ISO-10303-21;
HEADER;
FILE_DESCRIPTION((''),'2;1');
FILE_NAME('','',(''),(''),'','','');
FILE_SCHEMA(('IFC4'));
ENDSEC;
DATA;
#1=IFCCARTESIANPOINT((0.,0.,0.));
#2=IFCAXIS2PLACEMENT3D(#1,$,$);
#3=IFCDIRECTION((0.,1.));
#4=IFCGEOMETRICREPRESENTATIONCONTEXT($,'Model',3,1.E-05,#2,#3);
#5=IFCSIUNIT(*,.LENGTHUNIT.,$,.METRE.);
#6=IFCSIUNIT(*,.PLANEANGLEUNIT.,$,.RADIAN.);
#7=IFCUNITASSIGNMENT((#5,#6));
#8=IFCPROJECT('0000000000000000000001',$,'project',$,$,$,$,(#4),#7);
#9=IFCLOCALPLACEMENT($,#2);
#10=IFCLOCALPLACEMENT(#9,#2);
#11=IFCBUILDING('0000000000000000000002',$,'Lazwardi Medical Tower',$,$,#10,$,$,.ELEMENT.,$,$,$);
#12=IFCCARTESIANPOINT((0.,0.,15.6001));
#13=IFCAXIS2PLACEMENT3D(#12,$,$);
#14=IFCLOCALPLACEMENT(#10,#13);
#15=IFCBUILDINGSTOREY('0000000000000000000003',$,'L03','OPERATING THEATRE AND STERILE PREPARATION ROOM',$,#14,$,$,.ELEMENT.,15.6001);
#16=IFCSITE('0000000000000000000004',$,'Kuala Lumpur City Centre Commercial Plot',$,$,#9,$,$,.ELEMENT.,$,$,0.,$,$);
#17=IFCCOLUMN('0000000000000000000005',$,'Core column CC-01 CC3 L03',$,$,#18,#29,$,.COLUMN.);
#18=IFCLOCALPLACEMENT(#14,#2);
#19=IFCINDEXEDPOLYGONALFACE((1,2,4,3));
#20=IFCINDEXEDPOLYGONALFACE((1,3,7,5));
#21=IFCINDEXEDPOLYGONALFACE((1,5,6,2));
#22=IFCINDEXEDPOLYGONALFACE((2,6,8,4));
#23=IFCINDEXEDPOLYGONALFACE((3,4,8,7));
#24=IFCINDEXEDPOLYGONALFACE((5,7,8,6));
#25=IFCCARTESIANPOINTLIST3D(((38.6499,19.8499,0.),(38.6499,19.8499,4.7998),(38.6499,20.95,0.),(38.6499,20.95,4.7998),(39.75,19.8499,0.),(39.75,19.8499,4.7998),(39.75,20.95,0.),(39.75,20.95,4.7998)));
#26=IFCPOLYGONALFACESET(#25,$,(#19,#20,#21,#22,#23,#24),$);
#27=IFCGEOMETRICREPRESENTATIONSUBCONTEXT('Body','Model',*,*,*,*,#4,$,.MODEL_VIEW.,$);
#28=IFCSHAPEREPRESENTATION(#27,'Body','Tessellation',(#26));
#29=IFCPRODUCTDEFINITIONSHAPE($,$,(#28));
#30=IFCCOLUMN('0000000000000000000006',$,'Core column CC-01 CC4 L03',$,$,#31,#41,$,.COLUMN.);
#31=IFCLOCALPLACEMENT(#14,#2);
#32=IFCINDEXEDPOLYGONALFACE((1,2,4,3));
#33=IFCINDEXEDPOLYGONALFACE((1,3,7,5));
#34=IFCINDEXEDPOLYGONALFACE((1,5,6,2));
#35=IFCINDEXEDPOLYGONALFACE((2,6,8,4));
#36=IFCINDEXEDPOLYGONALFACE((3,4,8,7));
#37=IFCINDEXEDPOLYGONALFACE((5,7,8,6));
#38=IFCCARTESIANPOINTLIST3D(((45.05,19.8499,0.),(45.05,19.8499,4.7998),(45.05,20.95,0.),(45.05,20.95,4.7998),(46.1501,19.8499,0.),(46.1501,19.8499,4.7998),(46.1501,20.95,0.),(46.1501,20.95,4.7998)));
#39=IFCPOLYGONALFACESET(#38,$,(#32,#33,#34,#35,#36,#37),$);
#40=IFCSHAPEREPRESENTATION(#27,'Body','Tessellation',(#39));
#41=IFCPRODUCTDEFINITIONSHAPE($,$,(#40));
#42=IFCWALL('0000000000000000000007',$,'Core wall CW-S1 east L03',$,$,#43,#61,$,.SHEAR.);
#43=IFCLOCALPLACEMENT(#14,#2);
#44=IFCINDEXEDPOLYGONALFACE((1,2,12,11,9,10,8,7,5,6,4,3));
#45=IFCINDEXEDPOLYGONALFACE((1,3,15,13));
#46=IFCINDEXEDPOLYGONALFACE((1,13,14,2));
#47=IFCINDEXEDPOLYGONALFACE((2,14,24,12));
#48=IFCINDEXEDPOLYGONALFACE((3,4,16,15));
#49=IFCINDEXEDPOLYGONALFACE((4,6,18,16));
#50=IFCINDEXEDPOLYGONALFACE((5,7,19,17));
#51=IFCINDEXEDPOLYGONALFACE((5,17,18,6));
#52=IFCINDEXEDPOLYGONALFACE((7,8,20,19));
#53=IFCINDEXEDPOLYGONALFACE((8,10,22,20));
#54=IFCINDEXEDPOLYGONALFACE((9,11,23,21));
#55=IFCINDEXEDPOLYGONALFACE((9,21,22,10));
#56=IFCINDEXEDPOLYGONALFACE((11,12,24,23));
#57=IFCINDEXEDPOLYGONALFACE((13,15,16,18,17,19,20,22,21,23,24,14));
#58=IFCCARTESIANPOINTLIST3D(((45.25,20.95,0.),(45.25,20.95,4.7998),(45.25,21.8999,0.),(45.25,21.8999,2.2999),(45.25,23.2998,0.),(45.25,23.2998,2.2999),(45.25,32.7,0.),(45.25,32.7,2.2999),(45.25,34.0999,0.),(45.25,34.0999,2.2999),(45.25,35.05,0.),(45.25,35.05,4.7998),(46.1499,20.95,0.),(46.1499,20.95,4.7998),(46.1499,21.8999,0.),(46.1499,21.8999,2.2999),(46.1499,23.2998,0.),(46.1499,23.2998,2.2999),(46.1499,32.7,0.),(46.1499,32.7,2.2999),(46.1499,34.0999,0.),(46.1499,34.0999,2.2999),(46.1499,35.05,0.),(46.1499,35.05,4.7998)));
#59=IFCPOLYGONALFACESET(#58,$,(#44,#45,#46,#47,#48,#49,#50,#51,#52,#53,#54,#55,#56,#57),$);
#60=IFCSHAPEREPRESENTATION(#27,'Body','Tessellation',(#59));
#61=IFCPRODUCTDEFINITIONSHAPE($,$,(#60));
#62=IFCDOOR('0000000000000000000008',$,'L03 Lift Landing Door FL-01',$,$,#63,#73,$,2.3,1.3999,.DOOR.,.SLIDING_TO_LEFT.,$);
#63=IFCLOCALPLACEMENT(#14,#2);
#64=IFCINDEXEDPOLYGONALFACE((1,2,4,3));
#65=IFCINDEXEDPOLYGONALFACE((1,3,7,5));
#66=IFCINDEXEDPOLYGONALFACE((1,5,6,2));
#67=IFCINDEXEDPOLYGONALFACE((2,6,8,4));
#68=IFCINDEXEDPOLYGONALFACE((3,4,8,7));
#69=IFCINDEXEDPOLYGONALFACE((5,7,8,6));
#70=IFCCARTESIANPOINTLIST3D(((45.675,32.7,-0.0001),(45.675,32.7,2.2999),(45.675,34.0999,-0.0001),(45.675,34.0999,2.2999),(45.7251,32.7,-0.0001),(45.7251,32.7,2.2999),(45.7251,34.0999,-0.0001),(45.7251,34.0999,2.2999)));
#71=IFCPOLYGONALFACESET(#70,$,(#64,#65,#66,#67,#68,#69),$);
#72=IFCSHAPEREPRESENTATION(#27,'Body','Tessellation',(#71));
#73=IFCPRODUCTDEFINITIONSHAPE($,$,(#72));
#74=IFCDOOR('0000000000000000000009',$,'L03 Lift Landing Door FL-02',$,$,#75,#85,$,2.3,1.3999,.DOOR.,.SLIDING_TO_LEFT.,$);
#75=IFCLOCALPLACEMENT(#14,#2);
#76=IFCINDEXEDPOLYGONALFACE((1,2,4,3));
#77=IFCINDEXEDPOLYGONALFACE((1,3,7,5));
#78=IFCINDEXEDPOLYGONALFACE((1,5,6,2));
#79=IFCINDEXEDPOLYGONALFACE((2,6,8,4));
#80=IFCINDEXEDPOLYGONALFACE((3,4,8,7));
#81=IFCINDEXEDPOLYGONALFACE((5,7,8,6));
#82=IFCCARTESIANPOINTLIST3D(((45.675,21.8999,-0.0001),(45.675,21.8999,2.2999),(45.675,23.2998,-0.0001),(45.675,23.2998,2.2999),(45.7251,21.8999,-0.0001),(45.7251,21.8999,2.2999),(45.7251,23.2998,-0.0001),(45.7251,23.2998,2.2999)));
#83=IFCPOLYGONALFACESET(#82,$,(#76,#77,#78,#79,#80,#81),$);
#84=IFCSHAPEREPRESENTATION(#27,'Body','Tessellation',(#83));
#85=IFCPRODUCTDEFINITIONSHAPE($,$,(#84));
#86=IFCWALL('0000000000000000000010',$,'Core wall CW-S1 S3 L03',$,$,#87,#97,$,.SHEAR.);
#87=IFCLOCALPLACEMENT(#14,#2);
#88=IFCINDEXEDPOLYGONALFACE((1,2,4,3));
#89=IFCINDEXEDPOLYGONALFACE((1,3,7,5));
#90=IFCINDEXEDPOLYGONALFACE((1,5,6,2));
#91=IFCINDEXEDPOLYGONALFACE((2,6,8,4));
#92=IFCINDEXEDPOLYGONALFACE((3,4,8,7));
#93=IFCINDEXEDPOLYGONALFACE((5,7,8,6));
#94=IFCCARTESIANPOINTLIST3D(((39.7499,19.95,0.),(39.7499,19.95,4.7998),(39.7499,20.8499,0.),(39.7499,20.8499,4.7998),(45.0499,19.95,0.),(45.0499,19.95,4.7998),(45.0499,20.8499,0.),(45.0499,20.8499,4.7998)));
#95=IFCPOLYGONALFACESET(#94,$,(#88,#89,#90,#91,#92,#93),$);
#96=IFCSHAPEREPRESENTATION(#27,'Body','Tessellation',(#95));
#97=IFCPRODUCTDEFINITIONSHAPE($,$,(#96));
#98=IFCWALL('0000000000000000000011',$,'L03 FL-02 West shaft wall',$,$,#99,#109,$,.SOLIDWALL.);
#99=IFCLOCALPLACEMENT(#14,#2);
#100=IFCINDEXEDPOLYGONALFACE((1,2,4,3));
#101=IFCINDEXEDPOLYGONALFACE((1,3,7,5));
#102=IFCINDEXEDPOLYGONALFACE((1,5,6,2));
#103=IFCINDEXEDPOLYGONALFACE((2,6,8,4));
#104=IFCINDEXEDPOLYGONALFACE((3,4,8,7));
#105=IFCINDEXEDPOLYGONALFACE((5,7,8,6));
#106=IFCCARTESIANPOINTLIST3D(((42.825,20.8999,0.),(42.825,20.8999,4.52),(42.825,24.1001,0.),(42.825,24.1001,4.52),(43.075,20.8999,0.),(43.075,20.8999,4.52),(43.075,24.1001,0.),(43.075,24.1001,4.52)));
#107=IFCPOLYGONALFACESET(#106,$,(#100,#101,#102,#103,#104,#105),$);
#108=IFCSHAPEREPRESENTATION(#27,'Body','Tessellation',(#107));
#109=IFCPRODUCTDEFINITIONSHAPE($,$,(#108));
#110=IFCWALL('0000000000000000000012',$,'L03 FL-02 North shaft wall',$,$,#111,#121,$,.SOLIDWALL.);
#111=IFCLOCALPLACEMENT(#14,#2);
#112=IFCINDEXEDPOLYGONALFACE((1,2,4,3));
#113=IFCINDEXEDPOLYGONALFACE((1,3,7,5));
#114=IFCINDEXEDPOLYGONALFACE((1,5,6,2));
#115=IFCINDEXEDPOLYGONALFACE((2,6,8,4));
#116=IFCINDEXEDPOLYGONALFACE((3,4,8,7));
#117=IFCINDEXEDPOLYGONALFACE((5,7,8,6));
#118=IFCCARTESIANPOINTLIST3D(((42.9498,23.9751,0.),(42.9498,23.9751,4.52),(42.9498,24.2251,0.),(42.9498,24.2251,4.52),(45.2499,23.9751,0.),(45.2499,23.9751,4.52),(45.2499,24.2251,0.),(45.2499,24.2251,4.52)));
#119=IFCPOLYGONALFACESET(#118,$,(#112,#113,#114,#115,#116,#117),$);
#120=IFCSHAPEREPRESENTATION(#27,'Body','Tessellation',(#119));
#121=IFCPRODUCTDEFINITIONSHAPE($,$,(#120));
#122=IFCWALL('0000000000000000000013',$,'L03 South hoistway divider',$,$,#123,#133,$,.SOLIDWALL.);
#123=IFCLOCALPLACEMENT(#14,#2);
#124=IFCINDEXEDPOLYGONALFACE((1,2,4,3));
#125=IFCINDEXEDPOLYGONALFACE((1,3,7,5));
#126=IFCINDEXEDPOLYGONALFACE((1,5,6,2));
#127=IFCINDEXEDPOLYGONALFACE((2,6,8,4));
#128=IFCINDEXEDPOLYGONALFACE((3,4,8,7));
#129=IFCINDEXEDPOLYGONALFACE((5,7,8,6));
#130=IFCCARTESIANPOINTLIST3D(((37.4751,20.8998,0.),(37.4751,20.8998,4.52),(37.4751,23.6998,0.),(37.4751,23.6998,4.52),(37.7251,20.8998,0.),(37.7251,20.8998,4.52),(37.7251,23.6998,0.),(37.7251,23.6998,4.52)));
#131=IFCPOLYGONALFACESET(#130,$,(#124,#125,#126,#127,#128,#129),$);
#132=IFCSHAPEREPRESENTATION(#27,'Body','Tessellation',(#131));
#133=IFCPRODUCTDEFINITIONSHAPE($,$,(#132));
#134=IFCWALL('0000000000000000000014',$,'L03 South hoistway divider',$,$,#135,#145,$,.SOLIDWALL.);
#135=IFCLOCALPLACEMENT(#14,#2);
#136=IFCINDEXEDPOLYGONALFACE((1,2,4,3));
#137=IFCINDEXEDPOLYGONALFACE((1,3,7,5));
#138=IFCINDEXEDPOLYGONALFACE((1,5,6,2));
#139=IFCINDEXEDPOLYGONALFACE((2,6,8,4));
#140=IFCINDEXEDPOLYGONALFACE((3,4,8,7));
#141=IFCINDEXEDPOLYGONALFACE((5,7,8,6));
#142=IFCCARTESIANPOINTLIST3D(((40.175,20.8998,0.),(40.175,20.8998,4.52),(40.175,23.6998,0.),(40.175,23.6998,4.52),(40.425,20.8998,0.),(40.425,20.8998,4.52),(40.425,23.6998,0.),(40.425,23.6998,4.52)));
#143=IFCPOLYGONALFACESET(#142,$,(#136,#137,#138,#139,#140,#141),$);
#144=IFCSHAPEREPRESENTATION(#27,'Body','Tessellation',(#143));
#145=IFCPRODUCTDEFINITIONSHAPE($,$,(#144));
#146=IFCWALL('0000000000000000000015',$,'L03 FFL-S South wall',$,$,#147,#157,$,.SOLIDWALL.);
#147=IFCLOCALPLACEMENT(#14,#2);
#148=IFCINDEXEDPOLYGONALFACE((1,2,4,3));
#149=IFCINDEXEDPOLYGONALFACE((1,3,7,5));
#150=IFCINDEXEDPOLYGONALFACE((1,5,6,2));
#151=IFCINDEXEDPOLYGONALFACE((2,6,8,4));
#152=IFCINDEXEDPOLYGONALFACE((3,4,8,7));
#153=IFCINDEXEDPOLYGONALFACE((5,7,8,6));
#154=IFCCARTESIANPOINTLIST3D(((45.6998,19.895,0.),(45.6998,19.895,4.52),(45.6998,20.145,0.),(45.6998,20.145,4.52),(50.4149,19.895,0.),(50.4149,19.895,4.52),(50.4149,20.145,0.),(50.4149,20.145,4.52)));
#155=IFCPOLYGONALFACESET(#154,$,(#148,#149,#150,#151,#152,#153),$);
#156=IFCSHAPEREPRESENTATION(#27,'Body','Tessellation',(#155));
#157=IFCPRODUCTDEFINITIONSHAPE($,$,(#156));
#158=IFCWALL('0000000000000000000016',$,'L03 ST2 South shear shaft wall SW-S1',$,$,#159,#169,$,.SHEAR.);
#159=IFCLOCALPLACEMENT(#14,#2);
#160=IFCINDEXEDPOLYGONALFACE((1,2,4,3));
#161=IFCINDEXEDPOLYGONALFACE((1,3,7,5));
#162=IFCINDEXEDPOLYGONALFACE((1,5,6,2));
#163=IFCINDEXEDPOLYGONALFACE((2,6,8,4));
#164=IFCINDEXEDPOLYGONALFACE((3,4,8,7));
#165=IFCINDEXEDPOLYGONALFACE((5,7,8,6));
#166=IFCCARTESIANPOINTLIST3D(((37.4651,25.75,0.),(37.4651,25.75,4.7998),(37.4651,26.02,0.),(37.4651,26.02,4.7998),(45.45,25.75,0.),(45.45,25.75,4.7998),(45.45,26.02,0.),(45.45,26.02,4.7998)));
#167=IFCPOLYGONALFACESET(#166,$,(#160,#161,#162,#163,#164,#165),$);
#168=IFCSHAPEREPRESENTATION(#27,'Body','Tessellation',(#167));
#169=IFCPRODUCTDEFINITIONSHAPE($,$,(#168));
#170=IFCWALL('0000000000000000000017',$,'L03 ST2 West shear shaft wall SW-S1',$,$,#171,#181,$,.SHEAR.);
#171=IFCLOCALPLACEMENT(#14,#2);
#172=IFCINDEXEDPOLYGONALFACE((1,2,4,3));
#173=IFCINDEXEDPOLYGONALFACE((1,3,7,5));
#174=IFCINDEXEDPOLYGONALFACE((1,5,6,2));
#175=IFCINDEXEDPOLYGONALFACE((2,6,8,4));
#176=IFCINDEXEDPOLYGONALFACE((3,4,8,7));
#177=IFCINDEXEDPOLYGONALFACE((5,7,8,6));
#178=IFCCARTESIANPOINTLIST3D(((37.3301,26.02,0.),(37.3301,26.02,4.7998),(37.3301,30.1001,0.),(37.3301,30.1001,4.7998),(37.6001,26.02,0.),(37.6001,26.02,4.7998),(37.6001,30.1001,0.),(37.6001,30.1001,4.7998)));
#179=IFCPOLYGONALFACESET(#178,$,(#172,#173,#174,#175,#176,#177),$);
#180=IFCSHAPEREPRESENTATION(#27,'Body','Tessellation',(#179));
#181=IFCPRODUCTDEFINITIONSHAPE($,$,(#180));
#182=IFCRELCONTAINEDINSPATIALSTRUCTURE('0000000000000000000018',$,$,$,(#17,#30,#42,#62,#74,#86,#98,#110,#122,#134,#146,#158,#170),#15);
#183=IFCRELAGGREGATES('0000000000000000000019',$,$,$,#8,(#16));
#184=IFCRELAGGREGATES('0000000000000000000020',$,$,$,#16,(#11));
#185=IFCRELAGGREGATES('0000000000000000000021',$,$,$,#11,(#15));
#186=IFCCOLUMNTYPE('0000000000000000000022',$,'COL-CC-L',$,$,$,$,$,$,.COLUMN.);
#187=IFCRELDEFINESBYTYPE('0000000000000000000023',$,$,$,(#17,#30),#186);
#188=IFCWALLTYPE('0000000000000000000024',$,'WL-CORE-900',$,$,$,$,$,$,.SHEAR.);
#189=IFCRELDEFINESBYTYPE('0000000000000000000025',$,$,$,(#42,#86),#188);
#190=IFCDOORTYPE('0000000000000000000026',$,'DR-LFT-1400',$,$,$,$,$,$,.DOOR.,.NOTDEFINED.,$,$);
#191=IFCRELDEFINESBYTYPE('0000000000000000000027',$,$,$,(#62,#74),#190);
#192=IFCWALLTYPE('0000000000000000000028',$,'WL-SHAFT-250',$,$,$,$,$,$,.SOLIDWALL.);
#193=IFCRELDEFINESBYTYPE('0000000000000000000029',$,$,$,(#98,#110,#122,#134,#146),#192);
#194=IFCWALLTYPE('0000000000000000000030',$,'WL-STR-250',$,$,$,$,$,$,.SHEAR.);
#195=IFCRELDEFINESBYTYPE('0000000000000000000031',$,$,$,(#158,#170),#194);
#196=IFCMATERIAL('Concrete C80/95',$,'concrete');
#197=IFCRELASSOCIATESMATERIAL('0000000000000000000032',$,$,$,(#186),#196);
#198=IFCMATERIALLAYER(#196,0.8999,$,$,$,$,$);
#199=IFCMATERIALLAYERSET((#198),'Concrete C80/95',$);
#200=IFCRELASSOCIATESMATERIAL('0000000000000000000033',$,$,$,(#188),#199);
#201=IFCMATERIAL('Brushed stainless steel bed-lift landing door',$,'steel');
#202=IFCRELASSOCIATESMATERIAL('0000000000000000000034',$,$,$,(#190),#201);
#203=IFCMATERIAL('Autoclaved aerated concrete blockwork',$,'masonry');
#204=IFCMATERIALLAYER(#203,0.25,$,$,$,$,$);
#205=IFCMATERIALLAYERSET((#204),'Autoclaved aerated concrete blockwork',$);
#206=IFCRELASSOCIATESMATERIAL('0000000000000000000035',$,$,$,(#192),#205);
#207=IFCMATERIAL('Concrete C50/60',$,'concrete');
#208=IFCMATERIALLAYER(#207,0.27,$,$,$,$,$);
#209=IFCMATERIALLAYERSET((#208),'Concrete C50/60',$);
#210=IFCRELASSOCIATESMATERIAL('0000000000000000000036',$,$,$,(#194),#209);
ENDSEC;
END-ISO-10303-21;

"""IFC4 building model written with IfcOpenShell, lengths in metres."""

from ifc_helpers import new_model, si_unit, direction, frame, frame_2d, origin, origin_2d, place, context, subcontext, project, spatial, rectangle, extrude, material, layer, layer_set, material_profile, profile_set, type_object, element, fill, save


model = new_model("IFC4")

# Units and contexts
model_context = context("Model", 3, precision=1e-05, world=origin(), true_north=direction((0.0, 1.0)))
body_context = subcontext(model_context, "Body", "Model", "MODEL_VIEW")
ifc_project = project(units=[si_unit("LENGTHUNIT", "METRE"), si_unit("PLANEANGLEUNIT", "RADIAN")], contexts=[model_context])

# Site, building, storey
site_placement = place(None, origin())
site = spatial("IfcSite", under=ifc_project, at=site_placement, Name="Kuala Lumpur City Centre Commercial Plot", CompositionType="ELEMENT", RefElevation=0.0)
building_placement = place(site_placement, origin())
building = spatial("IfcBuilding", under=site, at=building_placement, Name="Lazwardi Medical Tower", CompositionType="ELEMENT")
storey_placement = place(building_placement, frame((0.0, 0.0, 15.6001)))
storey = spatial("IfcBuildingStorey", under=building, at=storey_placement, Name="L03", Description="OPERATING THEATRE AND STERILE PREPARATION ROOM", CompositionType="ELEMENT", Elevation=15.6001)

# Columns
ifc_material_1 = material(Name="Concrete C80/95", Category="concrete")
ifc_material_profile = material_profile(ifc_material_1, rectangle(XDim=1.1001, YDim=1.1001, at=origin_2d()), Name="RC 1100x1100")
ifc_profile_set = profile_set([ifc_material_profile], Name="Concrete C80/95")
column_type = type_object("IfcColumnType", Name="COL-CC-L", PredefinedType="COLUMN", material=ifc_profile_set)
for number, where, z_axis, x_axis, name in (
    (1, (39.2, 20.3999, 0.0), (0.0, 0.0, 1.0), (1.0, 0.0, 0.0), "Core column CC-01 CC3 L03"),
    (2, (45.6001, 20.3999, 0.0), (0.0, 0.0, 1.0), (1.0, 0.0, 0.0), "Core column CC-01 CC4 L03"),
):
    element("IfcColumn", number, at=place(storey_placement, frame(where, z_axis=z_axis, x_axis=x_axis)), inside=storey, type_object=column_type, Name=name, PredefinedType="COLUMN", context=body_context, shape_type="SweptSolid", body=[
        extrude(rectangle(XDim=1.1001, YDim=1.1001, at=origin_2d()), origin(), (0.0, 0.0, 1.0), 4.7998),
    ])

# Wall, openings, doors
ifc_layer_1 = layer(ifc_material_1, 0.8999)
ifc_layer_set_1 = layer_set([ifc_layer_1], Name="Concrete C80/95")
wall_type_1 = type_object("IfcWallType", Name="WL-CORE-900", PredefinedType="SHEAR", material=ifc_layer_set_1)
wall_1_placement = place(storey_placement, frame((45.7, 20.95, 0.0), z_axis=(0.0, 0.0, 1.0), x_axis=(0.0, 1.0, 0.0)))
wall_1 = element("IfcWall", 3, at=wall_1_placement, inside=storey, type_object=wall_type_1, Name="Core wall CW-S1 east L03", PredefinedType="SHEAR", context=body_context, shape_type="SweptSolid", body=[
    extrude(rectangle(XDim=14.1001, YDim=0.8999, at=frame_2d((7.05, 0.0))), origin(), (0.0, 0.0, 1.0), 4.7998),
])
opening_1_placement = place(wall_1_placement, frame((11.75, 0.0, 0.0)))
opening_1 = element("IfcOpeningElement", 4, at=opening_1_placement, cuts=wall_1, PredefinedType="OPENING", context=body_context, shape_type="SweptSolid", body=[
    extrude(rectangle(XDim=1.3999, YDim=2.3, at=frame_2d((0.7, 1.1499))), frame((0.0, 0.46, 0.0), z_axis=(0.0, -1.0, 0.0), x_axis=(1.0, 0.0, 0.0)), (0.0, 0.0, 1.0), 0.9199),
])
opening_2_placement = place(wall_1_placement, frame((0.95, 0.0, 0.0)))
opening_2 = element("IfcOpeningElement", 5, at=opening_2_placement, cuts=wall_1, PredefinedType="OPENING", context=body_context, shape_type="SweptSolid", body=[
    extrude(rectangle(XDim=1.3999, YDim=2.3, at=frame_2d((0.7, 1.1499))), frame((0.0, 0.46, 0.0), z_axis=(0.0, -1.0, 0.0), x_axis=(1.0, 0.0, 0.0)), (0.0, 0.0, 1.0), 0.9199),
])
ifc_material_2 = material(Name="Brushed stainless steel bed-lift landing door", Category="steel")
door_type = type_object("IfcDoorType", Name="DR-LFT-1400", OperationType="NOTDEFINED", PredefinedType="DOOR", material=ifc_material_2)
door_1_placement = place(opening_1_placement, origin())
door_1 = element("IfcDoor", 6, at=door_1_placement, inside=storey, type_object=door_type, Name="L03 Lift Landing Door FL-01", OperationType="SLIDING_TO_LEFT", OverallHeight=2.3, OverallWidth=1.3999, PredefinedType="DOOR", context=body_context, shape_type="SweptSolid", body=[
    extrude(rectangle(XDim=1.3999, YDim=2.3, at=frame_2d((0.7, 1.1499))), frame((0.0, 0.0249, 0.0), z_axis=(0.0, -1.0, 0.0), x_axis=(1.0, 0.0, 0.0)), (0.0, 0.0, 1.0), 0.05),
])
fill(opening_1, door_1)
door_2_placement = place(opening_2_placement, origin())
door_2 = element("IfcDoor", 7, at=door_2_placement, inside=storey, type_object=door_type, Name="L03 Lift Landing Door FL-02", OperationType="SLIDING_TO_LEFT", OverallHeight=2.3, OverallWidth=1.3999, PredefinedType="DOOR", context=body_context, shape_type="SweptSolid", body=[
    extrude(rectangle(XDim=1.3999, YDim=2.3, at=frame_2d((0.7, 1.1499))), frame((0.0, 0.0249, 0.0), z_axis=(0.0, -1.0, 0.0), x_axis=(1.0, 0.0, 0.0)), (0.0, 0.0, 1.0), 0.05),
])
fill(opening_2, door_2)

# Walls
wall_2_placement = place(storey_placement, frame((39.75, 20.3999, 0.0), z_axis=(0.0, 0.0, 1.0), x_axis=(1.0, 0.0, 0.0)))
element("IfcWall", 8, at=wall_2_placement, inside=storey, type_object=wall_type_1, Name="Core wall CW-S1 S3 L03", PredefinedType="SHEAR", context=body_context, shape_type="SweptSolid", body=[
    extrude(rectangle(XDim=5.3, YDim=0.8999, at=frame_2d((2.6499, 0.0))), origin(), (0.0, 0.0, 1.0), 4.7998),
])
ifc_material_3 = material(Name="Autoclaved aerated concrete blockwork", Category="masonry")
ifc_layer_2 = layer(ifc_material_3, 0.25)
ifc_layer_set_2 = layer_set([ifc_layer_2], Name="Autoclaved aerated concrete blockwork")
wall_type_2 = type_object("IfcWallType", Name="WL-SHAFT-250", PredefinedType="SOLIDWALL", material=ifc_layer_set_2)
wall_3_placement = place(storey_placement, frame((42.95, 20.8999, 0.0), z_axis=(0.0, 0.0, 1.0), x_axis=(0.0, 1.0, 0.0)))
element("IfcWall", 9, at=wall_3_placement, inside=storey, type_object=wall_type_2, Name="L03 FL-02 West shaft wall", PredefinedType="SOLIDWALL", context=body_context, shape_type="SweptSolid", body=[
    extrude(rectangle(XDim=3.2002, YDim=0.25, at=frame_2d((1.6001, 0.0))), origin(), (0.0, 0.0, 1.0), 4.52),
])
wall_4_placement = place(storey_placement, frame((42.95, 24.1001, 0.0), z_axis=(0.0, 0.0, 1.0), x_axis=(1.0, 0.0, 0.0)))
element("IfcWall", 10, at=wall_4_placement, inside=storey, type_object=wall_type_2, Name="L03 FL-02 North shaft wall", PredefinedType="SOLIDWALL", context=body_context, shape_type="SweptSolid", body=[
    extrude(rectangle(XDim=2.3, YDim=0.25, at=frame_2d((1.1499, 0.0))), origin(), (0.0, 0.0, 1.0), 4.52),
])
for number, where, z_axis, x_axis, name in (
    (11, (37.6001, 20.8999, 0.0), (0.0, 0.0, 1.0), (0.0, 1.0, 0.0), "L03 South hoistway divider"),
    (12, (40.3, 20.8999, 0.0), (0.0, 0.0, 1.0), (0.0, 1.0, 0.0), "L03 South hoistway divider"),
):
    element("IfcWall", number, at=place(storey_placement, frame(where, z_axis=z_axis, x_axis=x_axis)), inside=storey, type_object=wall_type_2, Name=name, PredefinedType="SOLIDWALL", context=body_context, shape_type="SweptSolid", body=[
        extrude(rectangle(XDim=2.8, YDim=0.25, at=frame_2d((1.3999, 0.0))), origin(), (0.0, 0.0, 1.0), 4.52),
    ])
wall_5_placement = place(storey_placement, frame((45.7, 20.02, 0.0), z_axis=(0.0, 0.0, 1.0), x_axis=(1.0, 0.0, 0.0)))
element("IfcWall", 13, at=wall_5_placement, inside=storey, type_object=wall_type_2, Name="L03 FFL-S South wall", PredefinedType="SOLIDWALL", context=body_context, shape_type="SweptSolid", body=[
    extrude(rectangle(XDim=4.7151, YDim=0.25, at=frame_2d((2.3574, 0.0))), origin(), (0.0, 0.0, 1.0), 4.52),
])
ifc_material_4 = material(Name="Concrete C50/60", Category="concrete")
ifc_layer_3 = layer(ifc_material_4, 0.27)
ifc_layer_set_3 = layer_set([ifc_layer_3], Name="Concrete C50/60")
wall_type_3 = type_object("IfcWallType", Name="WL-STR-250", PredefinedType="SHEAR", material=ifc_layer_set_3)
wall_6_placement = place(storey_placement, frame((37.4651, 25.885, 0.0), z_axis=(0.0, 0.0, 1.0), x_axis=(1.0, 0.0, 0.0)))
element("IfcWall", 14, at=wall_6_placement, inside=storey, type_object=wall_type_3, Name="L03 ST2 South shear shaft wall SW-S1", PredefinedType="SHEAR", context=body_context, shape_type="SweptSolid", body=[
    extrude(rectangle(XDim=7.9849, YDim=0.27, at=frame_2d((3.9924, 0.0))), origin(), (0.0, 0.0, 1.0), 4.7998),
])
wall_7_placement = place(storey_placement, frame((37.4651, 26.02, 0.0), z_axis=(0.0, 0.0, 1.0), x_axis=(0.0, 1.0, 0.0)))
element("IfcWall", 15, at=wall_7_placement, inside=storey, type_object=wall_type_3, Name="L03 ST2 West shear shaft wall SW-S1", PredefinedType="SHEAR", context=body_context, shape_type="SweptSolid", body=[
    extrude(rectangle(XDim=4.0801, YDim=0.27, at=frame_2d((2.04, 0.0))), origin(), (0.0, 0.0, 1.0), 4.7998),
])

save(model, "model.ifc")
